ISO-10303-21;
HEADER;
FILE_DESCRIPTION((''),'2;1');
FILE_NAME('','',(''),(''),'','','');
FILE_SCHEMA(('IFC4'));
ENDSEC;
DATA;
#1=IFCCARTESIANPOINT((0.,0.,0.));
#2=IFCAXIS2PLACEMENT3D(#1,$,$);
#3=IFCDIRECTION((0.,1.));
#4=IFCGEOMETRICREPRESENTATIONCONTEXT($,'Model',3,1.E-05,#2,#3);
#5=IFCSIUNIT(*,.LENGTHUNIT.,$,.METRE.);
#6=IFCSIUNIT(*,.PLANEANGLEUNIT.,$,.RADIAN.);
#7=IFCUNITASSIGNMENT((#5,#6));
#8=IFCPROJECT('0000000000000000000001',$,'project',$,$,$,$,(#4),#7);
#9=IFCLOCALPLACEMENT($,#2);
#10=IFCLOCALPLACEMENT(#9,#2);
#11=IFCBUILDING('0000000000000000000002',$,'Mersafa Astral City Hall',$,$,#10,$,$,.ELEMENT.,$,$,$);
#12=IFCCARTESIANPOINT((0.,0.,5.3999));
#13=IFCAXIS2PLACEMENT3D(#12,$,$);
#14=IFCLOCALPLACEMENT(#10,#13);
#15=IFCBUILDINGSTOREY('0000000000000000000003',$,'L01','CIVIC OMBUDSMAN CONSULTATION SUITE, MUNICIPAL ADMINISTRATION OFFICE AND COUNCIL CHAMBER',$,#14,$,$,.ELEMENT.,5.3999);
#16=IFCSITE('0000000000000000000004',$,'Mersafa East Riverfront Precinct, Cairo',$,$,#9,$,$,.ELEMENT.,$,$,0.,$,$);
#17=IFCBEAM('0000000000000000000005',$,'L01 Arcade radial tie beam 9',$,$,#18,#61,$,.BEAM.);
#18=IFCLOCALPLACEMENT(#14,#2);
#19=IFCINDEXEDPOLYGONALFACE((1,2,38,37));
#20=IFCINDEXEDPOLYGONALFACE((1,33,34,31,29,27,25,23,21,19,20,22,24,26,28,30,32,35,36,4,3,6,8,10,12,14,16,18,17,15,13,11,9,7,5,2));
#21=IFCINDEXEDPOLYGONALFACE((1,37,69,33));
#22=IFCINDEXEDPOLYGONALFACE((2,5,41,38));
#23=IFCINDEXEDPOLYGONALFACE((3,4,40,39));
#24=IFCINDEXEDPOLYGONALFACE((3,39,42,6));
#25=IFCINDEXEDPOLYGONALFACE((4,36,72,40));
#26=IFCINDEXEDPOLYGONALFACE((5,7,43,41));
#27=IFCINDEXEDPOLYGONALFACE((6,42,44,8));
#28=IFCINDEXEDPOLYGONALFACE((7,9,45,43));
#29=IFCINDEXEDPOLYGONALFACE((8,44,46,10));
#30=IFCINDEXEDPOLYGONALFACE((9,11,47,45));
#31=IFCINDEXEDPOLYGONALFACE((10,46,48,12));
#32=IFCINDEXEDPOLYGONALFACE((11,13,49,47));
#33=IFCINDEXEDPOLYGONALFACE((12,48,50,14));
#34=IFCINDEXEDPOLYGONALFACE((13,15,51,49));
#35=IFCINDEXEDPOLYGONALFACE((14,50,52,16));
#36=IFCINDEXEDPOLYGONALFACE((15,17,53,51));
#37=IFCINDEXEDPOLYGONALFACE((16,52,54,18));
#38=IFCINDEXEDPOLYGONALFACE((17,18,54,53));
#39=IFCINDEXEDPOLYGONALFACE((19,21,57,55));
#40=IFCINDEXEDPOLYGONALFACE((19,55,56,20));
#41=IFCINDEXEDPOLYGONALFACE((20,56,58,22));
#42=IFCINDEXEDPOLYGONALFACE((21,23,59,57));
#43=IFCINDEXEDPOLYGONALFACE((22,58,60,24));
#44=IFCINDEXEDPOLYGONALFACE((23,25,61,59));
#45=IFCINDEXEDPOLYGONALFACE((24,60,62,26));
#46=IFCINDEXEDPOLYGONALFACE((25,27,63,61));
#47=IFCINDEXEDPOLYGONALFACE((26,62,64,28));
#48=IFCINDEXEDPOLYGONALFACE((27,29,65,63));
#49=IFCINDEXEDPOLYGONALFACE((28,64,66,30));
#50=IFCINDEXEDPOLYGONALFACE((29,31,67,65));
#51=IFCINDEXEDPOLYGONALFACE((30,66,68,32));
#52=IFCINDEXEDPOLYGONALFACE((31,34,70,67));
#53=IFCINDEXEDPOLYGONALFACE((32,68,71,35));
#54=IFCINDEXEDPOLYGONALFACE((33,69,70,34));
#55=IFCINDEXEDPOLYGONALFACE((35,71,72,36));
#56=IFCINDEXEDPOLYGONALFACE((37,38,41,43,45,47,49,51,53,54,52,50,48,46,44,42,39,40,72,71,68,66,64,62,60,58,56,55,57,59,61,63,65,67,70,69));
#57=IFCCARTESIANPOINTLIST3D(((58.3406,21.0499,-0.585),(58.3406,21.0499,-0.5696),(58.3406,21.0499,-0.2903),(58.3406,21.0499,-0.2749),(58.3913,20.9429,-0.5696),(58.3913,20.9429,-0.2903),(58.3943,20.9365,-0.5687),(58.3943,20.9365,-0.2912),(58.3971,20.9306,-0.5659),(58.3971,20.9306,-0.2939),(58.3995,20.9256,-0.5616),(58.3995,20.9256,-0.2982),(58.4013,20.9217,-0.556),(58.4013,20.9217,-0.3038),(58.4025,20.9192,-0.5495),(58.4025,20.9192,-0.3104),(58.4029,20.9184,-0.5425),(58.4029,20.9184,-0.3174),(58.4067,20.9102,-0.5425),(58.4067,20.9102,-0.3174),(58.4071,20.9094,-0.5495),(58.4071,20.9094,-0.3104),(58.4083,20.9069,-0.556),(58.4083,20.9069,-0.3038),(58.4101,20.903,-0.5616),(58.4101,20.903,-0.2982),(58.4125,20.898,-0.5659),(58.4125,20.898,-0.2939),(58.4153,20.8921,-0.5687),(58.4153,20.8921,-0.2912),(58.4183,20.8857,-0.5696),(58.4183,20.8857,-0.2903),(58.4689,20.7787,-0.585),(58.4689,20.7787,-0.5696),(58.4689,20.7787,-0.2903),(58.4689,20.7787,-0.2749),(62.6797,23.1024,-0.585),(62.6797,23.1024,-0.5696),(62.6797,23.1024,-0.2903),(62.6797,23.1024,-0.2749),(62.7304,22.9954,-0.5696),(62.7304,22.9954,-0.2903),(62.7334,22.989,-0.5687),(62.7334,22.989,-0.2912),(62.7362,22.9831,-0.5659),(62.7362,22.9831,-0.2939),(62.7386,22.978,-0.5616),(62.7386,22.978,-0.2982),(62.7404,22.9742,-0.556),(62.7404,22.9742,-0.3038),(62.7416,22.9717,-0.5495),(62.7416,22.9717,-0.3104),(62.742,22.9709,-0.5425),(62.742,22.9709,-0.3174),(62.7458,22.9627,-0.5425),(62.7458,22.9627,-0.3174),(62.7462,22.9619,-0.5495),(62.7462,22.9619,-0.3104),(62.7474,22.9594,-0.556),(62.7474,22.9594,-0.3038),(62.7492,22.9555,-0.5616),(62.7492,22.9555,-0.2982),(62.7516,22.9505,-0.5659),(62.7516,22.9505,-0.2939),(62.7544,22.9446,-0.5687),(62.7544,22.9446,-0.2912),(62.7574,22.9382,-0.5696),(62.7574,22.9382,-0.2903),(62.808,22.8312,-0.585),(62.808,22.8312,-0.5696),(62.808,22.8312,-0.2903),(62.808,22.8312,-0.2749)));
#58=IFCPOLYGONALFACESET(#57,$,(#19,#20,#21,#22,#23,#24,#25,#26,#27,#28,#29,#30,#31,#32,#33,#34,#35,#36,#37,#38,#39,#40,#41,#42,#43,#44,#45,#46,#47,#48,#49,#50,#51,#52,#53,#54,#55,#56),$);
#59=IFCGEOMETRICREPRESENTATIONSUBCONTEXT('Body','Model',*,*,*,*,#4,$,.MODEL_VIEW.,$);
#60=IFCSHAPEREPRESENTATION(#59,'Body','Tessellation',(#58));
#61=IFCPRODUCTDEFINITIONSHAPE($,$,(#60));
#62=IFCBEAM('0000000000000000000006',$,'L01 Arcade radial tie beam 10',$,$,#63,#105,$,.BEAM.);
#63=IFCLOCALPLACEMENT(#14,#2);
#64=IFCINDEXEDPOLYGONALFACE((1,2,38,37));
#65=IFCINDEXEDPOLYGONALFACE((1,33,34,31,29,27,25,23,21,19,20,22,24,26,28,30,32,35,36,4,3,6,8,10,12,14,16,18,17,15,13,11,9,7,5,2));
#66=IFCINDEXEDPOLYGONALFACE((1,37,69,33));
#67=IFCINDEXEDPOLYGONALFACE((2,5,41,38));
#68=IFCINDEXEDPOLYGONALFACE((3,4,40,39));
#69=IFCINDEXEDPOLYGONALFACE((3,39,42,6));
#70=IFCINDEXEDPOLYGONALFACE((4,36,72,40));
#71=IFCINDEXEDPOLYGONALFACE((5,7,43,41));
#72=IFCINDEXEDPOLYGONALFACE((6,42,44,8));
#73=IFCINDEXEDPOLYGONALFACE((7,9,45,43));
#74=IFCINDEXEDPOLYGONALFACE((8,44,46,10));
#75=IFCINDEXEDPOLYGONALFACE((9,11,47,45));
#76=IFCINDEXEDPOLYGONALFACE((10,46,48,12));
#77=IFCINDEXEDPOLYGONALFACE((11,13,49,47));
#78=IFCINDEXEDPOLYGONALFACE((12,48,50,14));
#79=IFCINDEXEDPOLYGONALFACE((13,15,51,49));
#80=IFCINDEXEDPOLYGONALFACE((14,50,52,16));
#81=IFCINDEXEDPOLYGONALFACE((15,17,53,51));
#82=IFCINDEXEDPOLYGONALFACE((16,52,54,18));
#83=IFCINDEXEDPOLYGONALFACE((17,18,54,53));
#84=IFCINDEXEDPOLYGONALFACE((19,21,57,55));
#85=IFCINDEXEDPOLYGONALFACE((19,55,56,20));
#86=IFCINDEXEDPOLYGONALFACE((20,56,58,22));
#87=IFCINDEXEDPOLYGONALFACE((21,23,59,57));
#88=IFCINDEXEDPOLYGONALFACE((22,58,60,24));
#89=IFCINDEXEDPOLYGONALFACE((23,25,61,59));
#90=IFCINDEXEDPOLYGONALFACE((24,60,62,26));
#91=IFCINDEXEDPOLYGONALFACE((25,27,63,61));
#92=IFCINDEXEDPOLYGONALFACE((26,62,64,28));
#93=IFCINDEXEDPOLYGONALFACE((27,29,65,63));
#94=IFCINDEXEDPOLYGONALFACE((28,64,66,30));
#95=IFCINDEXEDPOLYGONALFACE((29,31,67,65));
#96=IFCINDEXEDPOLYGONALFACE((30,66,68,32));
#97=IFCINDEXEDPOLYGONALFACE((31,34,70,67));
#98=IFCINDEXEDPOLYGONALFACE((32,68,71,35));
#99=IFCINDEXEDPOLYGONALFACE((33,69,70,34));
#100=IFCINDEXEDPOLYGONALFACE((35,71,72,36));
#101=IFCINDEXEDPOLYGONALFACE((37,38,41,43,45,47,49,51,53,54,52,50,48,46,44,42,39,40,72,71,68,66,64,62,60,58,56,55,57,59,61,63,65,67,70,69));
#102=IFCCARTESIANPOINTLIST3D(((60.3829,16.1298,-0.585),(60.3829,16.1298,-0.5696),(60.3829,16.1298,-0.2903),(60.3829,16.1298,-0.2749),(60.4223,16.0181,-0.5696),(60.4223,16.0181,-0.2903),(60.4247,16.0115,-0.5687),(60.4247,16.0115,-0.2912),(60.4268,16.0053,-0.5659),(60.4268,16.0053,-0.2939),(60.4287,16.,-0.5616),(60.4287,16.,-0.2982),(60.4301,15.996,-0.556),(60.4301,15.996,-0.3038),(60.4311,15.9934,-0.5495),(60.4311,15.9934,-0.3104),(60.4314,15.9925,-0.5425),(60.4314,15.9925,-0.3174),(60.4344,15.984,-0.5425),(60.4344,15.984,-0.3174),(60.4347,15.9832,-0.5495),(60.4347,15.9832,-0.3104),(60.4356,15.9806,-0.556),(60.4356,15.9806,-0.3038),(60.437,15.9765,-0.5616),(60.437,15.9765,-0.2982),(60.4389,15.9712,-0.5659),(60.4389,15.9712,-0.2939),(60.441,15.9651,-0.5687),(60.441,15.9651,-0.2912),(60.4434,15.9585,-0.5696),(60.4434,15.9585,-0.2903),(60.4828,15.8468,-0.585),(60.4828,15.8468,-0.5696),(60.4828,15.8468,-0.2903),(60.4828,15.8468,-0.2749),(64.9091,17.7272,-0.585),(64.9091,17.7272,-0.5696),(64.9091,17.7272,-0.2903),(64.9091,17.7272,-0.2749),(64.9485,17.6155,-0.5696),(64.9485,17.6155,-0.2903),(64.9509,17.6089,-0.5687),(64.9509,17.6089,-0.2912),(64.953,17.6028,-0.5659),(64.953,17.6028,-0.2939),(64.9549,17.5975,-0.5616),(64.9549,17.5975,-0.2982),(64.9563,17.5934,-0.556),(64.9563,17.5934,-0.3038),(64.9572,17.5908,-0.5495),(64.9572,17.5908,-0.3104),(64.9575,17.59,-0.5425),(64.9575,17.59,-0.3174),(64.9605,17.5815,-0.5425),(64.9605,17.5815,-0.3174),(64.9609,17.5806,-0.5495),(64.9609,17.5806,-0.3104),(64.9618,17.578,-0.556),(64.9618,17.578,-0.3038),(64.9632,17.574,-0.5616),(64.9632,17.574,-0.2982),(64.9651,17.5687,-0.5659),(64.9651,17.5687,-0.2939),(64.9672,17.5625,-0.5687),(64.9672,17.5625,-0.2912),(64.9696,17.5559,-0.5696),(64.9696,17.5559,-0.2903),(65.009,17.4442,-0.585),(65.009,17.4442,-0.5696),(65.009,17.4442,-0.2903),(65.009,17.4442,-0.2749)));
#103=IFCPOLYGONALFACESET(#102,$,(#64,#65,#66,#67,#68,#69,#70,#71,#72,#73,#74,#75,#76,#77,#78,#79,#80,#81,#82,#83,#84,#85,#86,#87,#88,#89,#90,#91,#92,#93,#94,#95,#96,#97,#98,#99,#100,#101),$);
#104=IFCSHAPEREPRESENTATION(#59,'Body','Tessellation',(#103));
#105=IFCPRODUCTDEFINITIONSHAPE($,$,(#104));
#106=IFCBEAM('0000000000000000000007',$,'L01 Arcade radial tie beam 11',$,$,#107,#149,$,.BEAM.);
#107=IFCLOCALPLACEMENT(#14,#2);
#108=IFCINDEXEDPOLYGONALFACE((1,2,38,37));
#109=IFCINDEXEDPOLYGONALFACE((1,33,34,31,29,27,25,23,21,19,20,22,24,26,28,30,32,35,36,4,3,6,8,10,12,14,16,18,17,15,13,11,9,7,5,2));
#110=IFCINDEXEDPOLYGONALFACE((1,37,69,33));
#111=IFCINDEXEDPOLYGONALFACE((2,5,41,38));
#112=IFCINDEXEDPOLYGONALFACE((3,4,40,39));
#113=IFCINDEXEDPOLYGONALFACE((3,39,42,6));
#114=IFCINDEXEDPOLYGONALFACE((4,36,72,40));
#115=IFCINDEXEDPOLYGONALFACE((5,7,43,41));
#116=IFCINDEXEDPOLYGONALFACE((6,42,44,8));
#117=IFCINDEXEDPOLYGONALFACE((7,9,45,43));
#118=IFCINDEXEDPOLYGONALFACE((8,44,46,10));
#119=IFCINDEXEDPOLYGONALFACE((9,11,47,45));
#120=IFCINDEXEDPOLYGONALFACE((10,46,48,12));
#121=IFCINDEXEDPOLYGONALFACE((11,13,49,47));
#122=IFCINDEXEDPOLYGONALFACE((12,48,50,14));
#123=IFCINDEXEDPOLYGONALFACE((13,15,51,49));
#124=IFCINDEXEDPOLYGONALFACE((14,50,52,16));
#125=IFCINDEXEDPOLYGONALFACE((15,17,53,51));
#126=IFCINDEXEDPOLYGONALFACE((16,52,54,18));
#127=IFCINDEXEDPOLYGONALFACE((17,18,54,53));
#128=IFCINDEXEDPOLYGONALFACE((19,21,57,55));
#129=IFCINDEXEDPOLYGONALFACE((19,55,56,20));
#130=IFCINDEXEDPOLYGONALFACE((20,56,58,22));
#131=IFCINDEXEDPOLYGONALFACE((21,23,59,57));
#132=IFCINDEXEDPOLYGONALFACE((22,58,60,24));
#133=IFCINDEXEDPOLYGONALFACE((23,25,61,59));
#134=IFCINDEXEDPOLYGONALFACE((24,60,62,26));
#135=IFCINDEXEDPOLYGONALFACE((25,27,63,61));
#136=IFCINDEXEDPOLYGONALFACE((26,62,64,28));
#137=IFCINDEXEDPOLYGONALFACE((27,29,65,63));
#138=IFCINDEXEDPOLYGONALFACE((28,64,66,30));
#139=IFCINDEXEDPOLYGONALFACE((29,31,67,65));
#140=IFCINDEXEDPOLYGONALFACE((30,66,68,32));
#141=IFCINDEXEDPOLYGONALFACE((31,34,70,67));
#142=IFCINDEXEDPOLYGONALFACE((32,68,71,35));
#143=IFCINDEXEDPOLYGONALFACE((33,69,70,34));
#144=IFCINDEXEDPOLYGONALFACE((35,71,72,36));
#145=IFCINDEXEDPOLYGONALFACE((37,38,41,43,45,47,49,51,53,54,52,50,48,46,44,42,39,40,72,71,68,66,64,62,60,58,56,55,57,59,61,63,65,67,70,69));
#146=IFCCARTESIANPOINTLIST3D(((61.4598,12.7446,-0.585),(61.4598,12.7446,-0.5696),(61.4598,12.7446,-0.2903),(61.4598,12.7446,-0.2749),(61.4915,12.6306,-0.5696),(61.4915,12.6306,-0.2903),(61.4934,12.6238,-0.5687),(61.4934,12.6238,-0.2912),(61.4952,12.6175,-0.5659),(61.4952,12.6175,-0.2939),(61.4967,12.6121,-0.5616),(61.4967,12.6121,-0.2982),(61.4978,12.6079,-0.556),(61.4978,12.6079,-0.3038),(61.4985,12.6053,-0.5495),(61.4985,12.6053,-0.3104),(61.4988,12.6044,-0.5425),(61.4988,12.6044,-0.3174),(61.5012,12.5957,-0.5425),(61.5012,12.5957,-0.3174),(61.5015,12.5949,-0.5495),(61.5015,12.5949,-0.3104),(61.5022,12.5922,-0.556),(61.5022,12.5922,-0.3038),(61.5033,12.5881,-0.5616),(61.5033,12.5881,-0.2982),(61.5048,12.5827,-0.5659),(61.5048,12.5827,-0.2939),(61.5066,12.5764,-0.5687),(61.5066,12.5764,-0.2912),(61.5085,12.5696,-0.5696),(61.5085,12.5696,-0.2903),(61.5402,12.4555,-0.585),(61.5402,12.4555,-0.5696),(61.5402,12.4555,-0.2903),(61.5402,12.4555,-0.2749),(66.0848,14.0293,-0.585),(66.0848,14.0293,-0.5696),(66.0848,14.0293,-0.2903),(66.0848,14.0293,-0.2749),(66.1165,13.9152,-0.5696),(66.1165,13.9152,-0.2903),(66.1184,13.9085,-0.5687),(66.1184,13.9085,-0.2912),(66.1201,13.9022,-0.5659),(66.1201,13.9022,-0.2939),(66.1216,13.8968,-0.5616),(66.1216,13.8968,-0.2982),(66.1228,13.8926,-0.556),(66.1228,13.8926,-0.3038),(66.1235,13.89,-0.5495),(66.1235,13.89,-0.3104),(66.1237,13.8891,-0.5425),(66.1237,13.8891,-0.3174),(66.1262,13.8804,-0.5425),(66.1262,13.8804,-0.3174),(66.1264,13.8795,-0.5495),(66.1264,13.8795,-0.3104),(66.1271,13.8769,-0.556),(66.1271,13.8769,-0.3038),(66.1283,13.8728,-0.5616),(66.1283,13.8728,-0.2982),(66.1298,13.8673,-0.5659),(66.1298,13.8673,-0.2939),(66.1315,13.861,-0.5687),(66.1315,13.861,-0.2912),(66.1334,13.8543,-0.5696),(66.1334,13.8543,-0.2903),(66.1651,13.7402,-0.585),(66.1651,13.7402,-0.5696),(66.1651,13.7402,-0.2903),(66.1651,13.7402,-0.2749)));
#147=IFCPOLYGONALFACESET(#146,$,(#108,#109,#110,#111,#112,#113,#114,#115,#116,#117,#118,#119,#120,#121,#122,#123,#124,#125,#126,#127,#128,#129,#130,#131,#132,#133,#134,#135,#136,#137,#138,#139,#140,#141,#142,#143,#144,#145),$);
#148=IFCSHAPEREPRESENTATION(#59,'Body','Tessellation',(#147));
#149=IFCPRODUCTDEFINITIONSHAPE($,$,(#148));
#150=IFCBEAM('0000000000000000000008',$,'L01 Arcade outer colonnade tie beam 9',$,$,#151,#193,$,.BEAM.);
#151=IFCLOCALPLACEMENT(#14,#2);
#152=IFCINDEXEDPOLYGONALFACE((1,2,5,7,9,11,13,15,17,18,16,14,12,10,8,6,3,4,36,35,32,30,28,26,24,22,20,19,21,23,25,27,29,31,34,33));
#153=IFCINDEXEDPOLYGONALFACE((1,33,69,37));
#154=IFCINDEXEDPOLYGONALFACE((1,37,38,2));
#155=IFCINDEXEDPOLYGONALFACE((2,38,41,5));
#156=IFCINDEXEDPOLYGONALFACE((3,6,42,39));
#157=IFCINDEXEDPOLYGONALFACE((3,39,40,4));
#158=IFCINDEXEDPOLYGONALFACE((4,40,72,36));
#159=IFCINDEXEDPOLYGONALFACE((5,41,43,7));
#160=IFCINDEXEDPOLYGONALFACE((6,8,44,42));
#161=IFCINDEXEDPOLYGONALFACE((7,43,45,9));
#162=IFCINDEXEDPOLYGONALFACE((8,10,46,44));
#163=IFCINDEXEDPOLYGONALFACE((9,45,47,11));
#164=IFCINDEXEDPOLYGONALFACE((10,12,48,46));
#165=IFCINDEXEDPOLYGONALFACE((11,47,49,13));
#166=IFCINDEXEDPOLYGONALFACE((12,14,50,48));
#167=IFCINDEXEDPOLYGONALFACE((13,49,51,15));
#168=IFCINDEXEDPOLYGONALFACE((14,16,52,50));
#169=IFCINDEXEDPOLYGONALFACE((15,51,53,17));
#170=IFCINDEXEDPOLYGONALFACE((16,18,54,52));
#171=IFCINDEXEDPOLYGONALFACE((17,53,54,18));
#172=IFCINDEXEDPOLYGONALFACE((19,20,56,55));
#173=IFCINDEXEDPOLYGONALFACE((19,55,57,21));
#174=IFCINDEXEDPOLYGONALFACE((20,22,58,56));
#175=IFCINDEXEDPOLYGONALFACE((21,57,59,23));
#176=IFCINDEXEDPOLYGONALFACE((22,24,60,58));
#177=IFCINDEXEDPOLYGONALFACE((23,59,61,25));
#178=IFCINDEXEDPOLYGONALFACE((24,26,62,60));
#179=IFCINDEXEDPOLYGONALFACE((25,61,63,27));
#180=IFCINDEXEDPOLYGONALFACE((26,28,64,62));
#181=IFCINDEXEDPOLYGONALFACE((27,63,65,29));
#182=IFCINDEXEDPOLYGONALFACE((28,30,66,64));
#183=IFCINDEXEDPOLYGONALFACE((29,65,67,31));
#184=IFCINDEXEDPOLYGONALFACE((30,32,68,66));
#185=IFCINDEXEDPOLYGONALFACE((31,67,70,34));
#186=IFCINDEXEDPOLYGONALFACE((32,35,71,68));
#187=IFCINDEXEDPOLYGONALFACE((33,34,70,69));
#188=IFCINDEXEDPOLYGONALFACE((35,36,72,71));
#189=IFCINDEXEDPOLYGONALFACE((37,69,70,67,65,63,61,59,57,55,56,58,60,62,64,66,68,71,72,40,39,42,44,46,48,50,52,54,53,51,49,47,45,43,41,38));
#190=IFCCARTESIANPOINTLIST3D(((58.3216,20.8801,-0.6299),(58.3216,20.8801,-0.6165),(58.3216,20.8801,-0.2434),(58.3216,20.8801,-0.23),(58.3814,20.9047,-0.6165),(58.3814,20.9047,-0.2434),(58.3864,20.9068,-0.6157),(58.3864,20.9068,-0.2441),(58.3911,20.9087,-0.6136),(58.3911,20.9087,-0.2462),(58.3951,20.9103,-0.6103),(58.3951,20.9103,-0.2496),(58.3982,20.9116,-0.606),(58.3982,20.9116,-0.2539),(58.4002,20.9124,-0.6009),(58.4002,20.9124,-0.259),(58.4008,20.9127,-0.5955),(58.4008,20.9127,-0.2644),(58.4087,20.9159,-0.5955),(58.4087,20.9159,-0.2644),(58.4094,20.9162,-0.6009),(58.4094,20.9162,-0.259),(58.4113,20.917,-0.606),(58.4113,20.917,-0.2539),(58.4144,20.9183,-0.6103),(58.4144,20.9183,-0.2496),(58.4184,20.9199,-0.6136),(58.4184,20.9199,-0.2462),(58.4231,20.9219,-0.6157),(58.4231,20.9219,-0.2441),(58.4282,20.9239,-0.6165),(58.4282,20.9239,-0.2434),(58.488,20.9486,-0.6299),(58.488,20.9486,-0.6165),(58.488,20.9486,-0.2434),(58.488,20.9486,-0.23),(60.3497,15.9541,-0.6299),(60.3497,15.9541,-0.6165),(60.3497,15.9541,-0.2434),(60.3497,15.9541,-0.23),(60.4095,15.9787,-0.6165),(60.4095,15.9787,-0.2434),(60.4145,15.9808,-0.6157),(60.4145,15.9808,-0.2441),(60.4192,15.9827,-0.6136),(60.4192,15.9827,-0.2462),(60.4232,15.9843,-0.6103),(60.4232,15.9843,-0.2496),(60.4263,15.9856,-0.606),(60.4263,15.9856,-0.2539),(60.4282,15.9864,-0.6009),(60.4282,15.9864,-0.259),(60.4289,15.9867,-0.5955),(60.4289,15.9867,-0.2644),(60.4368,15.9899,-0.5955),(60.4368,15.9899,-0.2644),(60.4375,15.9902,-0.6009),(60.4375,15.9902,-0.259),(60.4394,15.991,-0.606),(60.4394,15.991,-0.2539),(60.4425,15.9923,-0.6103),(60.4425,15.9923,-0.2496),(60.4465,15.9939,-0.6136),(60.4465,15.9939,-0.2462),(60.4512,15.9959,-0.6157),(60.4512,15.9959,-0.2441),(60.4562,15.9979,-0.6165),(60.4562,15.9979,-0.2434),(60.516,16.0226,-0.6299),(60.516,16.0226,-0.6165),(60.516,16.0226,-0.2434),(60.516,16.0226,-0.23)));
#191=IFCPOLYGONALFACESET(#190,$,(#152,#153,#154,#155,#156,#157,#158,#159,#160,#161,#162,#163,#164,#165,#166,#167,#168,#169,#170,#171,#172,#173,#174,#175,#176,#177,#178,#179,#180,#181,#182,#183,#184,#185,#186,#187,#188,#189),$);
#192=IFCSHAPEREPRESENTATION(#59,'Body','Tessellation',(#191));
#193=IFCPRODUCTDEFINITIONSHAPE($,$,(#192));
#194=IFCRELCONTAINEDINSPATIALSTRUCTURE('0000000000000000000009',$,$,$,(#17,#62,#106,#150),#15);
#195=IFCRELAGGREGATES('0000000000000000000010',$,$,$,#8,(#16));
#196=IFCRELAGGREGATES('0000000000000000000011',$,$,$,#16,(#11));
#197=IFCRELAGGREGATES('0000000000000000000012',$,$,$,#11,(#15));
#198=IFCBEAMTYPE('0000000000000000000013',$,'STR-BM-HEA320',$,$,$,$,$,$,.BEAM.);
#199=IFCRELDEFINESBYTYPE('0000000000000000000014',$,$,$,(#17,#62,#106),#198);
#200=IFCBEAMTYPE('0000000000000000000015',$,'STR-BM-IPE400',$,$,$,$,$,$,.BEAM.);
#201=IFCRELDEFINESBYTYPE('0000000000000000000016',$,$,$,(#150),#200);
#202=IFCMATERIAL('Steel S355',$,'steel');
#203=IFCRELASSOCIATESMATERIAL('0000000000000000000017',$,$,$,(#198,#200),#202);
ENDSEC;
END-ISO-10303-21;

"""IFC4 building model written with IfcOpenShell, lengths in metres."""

from ifc_helpers import new_model, si_unit, direction, frame, origin, origin_2d, place, context, subcontext, project, spatial, i_section, extrude, material, material_profile, profile_set, type_object, element, save


model = new_model("IFC4")

# Units and contexts
model_context = context("Model", 3, precision=1e-05, world=origin(), true_north=direction((0.0, 1.0)))
body_context = subcontext(model_context, "Body", "Model", "MODEL_VIEW")
ifc_project = project(units=[si_unit("LENGTHUNIT", "METRE"), si_unit("PLANEANGLEUNIT", "RADIAN")], contexts=[model_context])

# Site, building, storey
site_placement = place(None, origin())
site = spatial("IfcSite", under=ifc_project, at=site_placement, Name="Mersafa East Riverfront Precinct, Cairo", CompositionType="ELEMENT", RefElevation=0.0)
building_placement = place(site_placement, origin())
building = spatial("IfcBuilding", under=site, at=building_placement, Name="Mersafa Astral City Hall", CompositionType="ELEMENT")
storey_placement = place(building_placement, frame((0.0, 0.0, 5.3999)))
storey = spatial("IfcBuildingStorey", under=building, at=storey_placement, Name="L01", Description="CIVIC OMBUDSMAN CONSULTATION SUITE, MUNICIPAL ADMINISTRATION OFFICE AND COUNCIL CHAMBER", CompositionType="ELEMENT", Elevation=5.3999)

# Shared definitions
ifc_material_1 = material(Name="Steel S355", Category="steel")

# Beams
ifc_material_profile_1 = material_profile(ifc_material_1, i_section(OverallWidth=0.3, OverallDepth=0.3101, WebThickness=0.009, FlangeThickness=0.0154, FilletRadius=0.0271, at=origin_2d()), Name="HEA 320")
ifc_profile_set_1 = profile_set([ifc_material_profile_1], Name="Steel S355")
beam_type_1 = type_object("IfcBeamType", Name="STR-BM-HEA320", PredefinedType="BEAM", material=ifc_profile_set_1)
beam_1_placement = place(storey_placement, frame((58.4048, 20.9143, -0.4299), z_axis=(0.90397, 0.427597, 0.0), x_axis=(-0.427597, 0.90397, 0.0)))
element("IfcBeam", 1, at=beam_1_placement, inside=storey, type_object=beam_type_1, Name="L01 Arcade radial tie beam 9", PredefinedType="BEAM", context=body_context, shape_type="SweptSolid", body=[
    extrude(i_section(OverallWidth=0.3, OverallDepth=0.3101, WebThickness=0.009, FlangeThickness=0.0154, FilletRadius=0.0271, at=origin_2d()), origin(), (0.0, 0.0, 1.0), 4.8),
])
beam_2_placement = place(storey_placement, frame((60.4329, 15.9883, -0.4299), z_axis=(0.942993, 0.332812, 0.0), x_axis=(-0.332812, 0.942993, 0.0)))
element("IfcBeam", 2, at=beam_2_placement, inside=storey, type_object=beam_type_1, Name="L01 Arcade radial tie beam 10", PredefinedType="BEAM", context=body_context, shape_type="SweptSolid", body=[
    extrude(i_section(OverallWidth=0.3, OverallDepth=0.3101, WebThickness=0.009, FlangeThickness=0.0154, FilletRadius=0.0271, at=origin_2d()), origin(), (0.0, 0.0, 1.0), 4.7998),
])
beam_3_placement = place(storey_placement, frame((61.5, 12.6001, -0.4299), z_axis=(0.963521, 0.267633, 0.0), x_axis=(-0.267633, 0.963521, 0.0)))
element("IfcBeam", 3, at=beam_3_placement, inside=storey, type_object=beam_type_1, Name="L01 Arcade radial tie beam 11", PredefinedType="BEAM", context=body_context, shape_type="SweptSolid", body=[
    extrude(i_section(OverallWidth=0.3, OverallDepth=0.3101, WebThickness=0.009, FlangeThickness=0.0154, FilletRadius=0.0271, at=origin_2d()), origin(), (0.0, 0.0, 1.0), 4.8),
])
ifc_material_profile_2 = material_profile(ifc_material_1, i_section(OverallWidth=0.1799, OverallDepth=0.3999, WebThickness=0.0085, FlangeThickness=0.0134, FilletRadius=0.021, at=origin_2d()), Name="IPE 400")
ifc_profile_set_2 = profile_set([ifc_material_profile_2], Name="Steel S355")
beam_type_2 = type_object("IfcBeamType", Name="STR-BM-IPE400", PredefinedType="BEAM", material=ifc_profile_set_2)
beam_4_placement = place(storey_placement, frame((58.4048, 20.9143, -0.4299), z_axis=(0.380704, -0.924697, 0.0), x_axis=(0.924697, 0.380704, 0.0)))
element("IfcBeam", 4, at=beam_4_placement, inside=storey, type_object=beam_type_2, Name="L01 Arcade outer colonnade tie beam 9", PredefinedType="BEAM", context=body_context, shape_type="SweptSolid", body=[
    extrude(i_section(OverallWidth=0.1799, OverallDepth=0.3999, WebThickness=0.0085, FlangeThickness=0.0134, FilletRadius=0.021, at=origin_2d()), origin(), (0.0, 0.0, 1.0), 5.3271),
])

save(model, "model.ifc")
